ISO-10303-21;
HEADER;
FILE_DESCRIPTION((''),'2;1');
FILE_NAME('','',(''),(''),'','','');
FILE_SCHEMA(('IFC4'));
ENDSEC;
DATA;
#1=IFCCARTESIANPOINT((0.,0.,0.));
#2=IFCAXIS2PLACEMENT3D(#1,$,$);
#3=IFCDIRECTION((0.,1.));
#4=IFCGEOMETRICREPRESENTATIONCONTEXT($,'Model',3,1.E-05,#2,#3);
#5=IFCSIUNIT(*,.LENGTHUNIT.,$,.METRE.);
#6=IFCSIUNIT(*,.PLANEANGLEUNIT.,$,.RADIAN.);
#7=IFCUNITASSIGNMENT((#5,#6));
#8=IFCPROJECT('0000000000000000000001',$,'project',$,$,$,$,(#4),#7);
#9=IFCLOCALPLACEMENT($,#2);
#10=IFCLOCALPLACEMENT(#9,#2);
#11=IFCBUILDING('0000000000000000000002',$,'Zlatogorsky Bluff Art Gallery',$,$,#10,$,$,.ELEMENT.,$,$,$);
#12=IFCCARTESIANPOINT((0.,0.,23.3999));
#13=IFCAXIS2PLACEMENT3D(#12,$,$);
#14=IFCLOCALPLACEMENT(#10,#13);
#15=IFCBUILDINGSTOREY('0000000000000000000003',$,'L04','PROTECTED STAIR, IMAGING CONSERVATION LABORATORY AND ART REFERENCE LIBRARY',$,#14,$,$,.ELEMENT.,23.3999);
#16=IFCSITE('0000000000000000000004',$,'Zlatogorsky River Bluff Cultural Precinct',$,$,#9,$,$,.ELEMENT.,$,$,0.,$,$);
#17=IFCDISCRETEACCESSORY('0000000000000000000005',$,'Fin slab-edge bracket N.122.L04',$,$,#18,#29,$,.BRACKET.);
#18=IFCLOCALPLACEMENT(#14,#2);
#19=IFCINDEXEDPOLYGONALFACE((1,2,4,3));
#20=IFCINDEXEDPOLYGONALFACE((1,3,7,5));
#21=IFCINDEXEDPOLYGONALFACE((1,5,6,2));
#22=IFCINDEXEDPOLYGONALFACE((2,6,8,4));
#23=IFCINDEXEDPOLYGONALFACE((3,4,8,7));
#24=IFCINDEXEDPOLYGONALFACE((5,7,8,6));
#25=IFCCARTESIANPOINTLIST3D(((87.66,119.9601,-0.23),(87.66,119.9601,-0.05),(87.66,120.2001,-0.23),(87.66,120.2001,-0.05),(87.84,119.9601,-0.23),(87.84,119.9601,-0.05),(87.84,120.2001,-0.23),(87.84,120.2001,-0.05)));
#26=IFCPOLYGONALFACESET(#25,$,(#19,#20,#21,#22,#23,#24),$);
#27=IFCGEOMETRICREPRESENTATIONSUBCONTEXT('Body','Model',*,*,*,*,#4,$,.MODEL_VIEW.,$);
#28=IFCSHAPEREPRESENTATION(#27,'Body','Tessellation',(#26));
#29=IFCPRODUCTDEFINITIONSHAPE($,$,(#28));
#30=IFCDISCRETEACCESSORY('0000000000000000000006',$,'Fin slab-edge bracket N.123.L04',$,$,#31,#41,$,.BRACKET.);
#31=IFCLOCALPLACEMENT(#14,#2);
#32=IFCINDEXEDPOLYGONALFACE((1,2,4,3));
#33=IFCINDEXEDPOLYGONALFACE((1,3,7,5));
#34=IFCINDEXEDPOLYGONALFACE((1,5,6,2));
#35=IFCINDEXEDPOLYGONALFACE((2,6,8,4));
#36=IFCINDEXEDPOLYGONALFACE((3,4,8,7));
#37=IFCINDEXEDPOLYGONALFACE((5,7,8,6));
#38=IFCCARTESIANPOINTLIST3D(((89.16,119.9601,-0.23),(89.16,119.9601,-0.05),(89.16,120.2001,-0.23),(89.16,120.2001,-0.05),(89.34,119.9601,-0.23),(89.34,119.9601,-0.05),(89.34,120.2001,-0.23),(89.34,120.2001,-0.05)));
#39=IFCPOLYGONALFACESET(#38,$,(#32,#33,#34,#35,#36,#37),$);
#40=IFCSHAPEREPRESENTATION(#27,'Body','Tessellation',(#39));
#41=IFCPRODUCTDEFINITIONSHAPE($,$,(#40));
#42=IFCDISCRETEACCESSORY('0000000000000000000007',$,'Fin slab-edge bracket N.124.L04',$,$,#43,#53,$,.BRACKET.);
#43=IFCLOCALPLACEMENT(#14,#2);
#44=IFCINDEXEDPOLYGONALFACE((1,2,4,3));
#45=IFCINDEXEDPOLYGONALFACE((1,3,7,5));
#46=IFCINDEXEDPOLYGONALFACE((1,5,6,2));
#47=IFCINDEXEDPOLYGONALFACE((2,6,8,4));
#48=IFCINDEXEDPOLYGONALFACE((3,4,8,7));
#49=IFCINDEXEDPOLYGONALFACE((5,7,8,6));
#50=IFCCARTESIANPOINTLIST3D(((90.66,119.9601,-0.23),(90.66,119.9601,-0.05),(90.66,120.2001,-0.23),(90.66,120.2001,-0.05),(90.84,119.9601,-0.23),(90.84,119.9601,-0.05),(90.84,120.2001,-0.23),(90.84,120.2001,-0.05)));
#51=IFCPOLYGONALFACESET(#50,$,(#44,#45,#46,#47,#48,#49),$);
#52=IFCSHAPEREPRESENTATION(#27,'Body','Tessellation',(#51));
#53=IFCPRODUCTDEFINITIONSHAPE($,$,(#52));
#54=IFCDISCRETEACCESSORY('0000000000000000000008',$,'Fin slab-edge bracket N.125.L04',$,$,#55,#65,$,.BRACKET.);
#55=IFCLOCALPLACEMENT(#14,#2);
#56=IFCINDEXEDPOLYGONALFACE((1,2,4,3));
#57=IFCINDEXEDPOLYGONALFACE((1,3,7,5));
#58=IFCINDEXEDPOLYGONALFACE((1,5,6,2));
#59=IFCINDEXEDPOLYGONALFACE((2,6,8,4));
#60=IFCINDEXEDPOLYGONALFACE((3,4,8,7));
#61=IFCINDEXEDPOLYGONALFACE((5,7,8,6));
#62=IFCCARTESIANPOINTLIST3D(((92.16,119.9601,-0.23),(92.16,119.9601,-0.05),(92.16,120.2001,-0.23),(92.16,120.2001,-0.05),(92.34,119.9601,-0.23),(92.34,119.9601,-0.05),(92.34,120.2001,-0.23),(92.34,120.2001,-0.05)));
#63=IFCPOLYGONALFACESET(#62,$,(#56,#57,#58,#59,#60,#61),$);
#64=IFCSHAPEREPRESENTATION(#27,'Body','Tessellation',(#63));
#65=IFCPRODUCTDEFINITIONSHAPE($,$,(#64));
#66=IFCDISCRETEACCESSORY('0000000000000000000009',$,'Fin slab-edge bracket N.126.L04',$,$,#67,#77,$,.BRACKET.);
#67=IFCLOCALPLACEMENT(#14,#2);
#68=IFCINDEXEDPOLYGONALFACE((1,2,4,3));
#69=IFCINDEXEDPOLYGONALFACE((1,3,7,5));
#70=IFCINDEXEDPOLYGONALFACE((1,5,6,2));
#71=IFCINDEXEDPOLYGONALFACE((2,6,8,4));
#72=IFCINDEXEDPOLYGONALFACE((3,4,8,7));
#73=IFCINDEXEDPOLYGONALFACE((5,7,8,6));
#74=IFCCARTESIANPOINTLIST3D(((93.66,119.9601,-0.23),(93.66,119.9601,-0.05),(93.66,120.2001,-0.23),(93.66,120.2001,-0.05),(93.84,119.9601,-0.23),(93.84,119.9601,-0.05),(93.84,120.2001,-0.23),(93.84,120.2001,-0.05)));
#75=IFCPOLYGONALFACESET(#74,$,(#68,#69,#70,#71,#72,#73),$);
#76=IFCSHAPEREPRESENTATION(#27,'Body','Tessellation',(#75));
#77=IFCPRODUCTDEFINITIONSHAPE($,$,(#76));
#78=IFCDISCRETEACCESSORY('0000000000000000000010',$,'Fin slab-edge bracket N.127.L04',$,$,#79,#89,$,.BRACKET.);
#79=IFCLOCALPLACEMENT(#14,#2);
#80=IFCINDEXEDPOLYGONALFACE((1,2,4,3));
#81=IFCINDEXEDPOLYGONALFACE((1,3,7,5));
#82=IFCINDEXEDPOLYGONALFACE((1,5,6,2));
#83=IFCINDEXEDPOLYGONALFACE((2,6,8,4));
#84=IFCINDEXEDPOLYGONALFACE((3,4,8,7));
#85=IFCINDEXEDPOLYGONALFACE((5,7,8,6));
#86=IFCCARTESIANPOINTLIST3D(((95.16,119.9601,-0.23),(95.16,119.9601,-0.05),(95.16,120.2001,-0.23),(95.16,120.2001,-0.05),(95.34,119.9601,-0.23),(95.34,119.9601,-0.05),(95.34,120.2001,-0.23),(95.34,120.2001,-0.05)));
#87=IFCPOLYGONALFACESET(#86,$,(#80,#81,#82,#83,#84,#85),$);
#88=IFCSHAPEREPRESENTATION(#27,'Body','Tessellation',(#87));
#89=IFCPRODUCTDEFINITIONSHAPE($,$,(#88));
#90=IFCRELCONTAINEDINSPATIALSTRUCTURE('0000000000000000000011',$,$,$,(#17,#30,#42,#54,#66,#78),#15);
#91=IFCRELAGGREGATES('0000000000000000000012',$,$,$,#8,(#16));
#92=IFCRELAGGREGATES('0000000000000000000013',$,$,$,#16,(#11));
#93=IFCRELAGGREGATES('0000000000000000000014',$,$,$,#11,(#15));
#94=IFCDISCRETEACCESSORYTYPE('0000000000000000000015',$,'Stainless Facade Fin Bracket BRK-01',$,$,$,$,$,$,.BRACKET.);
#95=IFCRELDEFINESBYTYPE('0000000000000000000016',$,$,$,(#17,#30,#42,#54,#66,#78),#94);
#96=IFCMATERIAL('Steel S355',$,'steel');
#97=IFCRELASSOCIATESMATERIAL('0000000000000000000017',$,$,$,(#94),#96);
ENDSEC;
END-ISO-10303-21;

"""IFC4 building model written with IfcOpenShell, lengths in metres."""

from ifc_helpers import new_model, si_unit, direction, frame, origin, origin_2d, place, context, subcontext, project, spatial, rectangle, extrude, material, type_object, element, save


model = new_model("IFC4")

# Units and contexts
model_context = context("Model", 3, precision=1e-05, world=origin(), true_north=direction((0.0, 1.0)))
body_context = subcontext(model_context, "Body", "Model", "MODEL_VIEW")
ifc_project = project(units=[si_unit("LENGTHUNIT", "METRE"), si_unit("PLANEANGLEUNIT", "RADIAN")], contexts=[model_context])

# Site, building, storey
site_placement = place(None, origin())
site = spatial("IfcSite", under=ifc_project, at=site_placement, Name="Zlatogorsky River Bluff Cultural Precinct", CompositionType="ELEMENT", RefElevation=0.0)
building_placement = place(site_placement, origin())
building = spatial("IfcBuilding", under=site, at=building_placement, Name="Zlatogorsky Bluff Art Gallery", CompositionType="ELEMENT")
storey_placement = place(building_placement, frame((0.0, 0.0, 23.3999)))
storey = spatial("IfcBuildingStorey", under=building, at=storey_placement, Name="L04", Description="PROTECTED STAIR, IMAGING CONSERVATION LABORATORY AND ART REFERENCE LIBRARY", CompositionType="ELEMENT", Elevation=23.3999)

# Shared definitions
ifc_material_1 = material(Name="Steel S355", Category="steel")

# Discrete accessories
discrete_accessory_type = type_object("IfcDiscreteAccessoryType", Name="Stainless Facade Fin Bracket BRK-01", PredefinedType="BRACKET", material=ifc_material_1)
for number, where, z_axis, x_axis, name in (
    (1, (87.75, 120.0801, -0.23), (0.0, 0.0, 1.0), (1.0, 0.0, 0.0), "Fin slab-edge bracket N.122.L04"),
    (2, (89.25, 120.0801, -0.23), (0.0, 0.0, 1.0), (1.0, 0.0, 0.0), "Fin slab-edge bracket N.123.L04"),
    (3, (90.75, 120.0801, -0.23), (0.0, 0.0, 1.0), (1.0, 0.0, 0.0), "Fin slab-edge bracket N.124.L04"),
    (4, (92.25, 120.0801, -0.23), (0.0, 0.0, 1.0), (1.0, 0.0, 0.0), "Fin slab-edge bracket N.125.L04"),
    (5, (93.75, 120.0801, -0.23), (0.0, 0.0, 1.0), (1.0, 0.0, 0.0), "Fin slab-edge bracket N.126.L04"),
    (6, (95.25, 120.0801, -0.23), (0.0, 0.0, 1.0), (1.0, 0.0, 0.0), "Fin slab-edge bracket N.127.L04"),
):
    element("IfcDiscreteAccessory", number, at=place(storey_placement, frame(where, z_axis=z_axis, x_axis=x_axis)), inside=storey, type_object=discrete_accessory_type, Name=name, PredefinedType="BRACKET", context=body_context, shape_type="SweptSolid", body=[
        extrude(rectangle(XDim=0.1799, YDim=0.24, at=origin_2d()), origin(), (0.0, 0.0, 1.0), 0.1799),
    ])

save(model, "model.ifc")
